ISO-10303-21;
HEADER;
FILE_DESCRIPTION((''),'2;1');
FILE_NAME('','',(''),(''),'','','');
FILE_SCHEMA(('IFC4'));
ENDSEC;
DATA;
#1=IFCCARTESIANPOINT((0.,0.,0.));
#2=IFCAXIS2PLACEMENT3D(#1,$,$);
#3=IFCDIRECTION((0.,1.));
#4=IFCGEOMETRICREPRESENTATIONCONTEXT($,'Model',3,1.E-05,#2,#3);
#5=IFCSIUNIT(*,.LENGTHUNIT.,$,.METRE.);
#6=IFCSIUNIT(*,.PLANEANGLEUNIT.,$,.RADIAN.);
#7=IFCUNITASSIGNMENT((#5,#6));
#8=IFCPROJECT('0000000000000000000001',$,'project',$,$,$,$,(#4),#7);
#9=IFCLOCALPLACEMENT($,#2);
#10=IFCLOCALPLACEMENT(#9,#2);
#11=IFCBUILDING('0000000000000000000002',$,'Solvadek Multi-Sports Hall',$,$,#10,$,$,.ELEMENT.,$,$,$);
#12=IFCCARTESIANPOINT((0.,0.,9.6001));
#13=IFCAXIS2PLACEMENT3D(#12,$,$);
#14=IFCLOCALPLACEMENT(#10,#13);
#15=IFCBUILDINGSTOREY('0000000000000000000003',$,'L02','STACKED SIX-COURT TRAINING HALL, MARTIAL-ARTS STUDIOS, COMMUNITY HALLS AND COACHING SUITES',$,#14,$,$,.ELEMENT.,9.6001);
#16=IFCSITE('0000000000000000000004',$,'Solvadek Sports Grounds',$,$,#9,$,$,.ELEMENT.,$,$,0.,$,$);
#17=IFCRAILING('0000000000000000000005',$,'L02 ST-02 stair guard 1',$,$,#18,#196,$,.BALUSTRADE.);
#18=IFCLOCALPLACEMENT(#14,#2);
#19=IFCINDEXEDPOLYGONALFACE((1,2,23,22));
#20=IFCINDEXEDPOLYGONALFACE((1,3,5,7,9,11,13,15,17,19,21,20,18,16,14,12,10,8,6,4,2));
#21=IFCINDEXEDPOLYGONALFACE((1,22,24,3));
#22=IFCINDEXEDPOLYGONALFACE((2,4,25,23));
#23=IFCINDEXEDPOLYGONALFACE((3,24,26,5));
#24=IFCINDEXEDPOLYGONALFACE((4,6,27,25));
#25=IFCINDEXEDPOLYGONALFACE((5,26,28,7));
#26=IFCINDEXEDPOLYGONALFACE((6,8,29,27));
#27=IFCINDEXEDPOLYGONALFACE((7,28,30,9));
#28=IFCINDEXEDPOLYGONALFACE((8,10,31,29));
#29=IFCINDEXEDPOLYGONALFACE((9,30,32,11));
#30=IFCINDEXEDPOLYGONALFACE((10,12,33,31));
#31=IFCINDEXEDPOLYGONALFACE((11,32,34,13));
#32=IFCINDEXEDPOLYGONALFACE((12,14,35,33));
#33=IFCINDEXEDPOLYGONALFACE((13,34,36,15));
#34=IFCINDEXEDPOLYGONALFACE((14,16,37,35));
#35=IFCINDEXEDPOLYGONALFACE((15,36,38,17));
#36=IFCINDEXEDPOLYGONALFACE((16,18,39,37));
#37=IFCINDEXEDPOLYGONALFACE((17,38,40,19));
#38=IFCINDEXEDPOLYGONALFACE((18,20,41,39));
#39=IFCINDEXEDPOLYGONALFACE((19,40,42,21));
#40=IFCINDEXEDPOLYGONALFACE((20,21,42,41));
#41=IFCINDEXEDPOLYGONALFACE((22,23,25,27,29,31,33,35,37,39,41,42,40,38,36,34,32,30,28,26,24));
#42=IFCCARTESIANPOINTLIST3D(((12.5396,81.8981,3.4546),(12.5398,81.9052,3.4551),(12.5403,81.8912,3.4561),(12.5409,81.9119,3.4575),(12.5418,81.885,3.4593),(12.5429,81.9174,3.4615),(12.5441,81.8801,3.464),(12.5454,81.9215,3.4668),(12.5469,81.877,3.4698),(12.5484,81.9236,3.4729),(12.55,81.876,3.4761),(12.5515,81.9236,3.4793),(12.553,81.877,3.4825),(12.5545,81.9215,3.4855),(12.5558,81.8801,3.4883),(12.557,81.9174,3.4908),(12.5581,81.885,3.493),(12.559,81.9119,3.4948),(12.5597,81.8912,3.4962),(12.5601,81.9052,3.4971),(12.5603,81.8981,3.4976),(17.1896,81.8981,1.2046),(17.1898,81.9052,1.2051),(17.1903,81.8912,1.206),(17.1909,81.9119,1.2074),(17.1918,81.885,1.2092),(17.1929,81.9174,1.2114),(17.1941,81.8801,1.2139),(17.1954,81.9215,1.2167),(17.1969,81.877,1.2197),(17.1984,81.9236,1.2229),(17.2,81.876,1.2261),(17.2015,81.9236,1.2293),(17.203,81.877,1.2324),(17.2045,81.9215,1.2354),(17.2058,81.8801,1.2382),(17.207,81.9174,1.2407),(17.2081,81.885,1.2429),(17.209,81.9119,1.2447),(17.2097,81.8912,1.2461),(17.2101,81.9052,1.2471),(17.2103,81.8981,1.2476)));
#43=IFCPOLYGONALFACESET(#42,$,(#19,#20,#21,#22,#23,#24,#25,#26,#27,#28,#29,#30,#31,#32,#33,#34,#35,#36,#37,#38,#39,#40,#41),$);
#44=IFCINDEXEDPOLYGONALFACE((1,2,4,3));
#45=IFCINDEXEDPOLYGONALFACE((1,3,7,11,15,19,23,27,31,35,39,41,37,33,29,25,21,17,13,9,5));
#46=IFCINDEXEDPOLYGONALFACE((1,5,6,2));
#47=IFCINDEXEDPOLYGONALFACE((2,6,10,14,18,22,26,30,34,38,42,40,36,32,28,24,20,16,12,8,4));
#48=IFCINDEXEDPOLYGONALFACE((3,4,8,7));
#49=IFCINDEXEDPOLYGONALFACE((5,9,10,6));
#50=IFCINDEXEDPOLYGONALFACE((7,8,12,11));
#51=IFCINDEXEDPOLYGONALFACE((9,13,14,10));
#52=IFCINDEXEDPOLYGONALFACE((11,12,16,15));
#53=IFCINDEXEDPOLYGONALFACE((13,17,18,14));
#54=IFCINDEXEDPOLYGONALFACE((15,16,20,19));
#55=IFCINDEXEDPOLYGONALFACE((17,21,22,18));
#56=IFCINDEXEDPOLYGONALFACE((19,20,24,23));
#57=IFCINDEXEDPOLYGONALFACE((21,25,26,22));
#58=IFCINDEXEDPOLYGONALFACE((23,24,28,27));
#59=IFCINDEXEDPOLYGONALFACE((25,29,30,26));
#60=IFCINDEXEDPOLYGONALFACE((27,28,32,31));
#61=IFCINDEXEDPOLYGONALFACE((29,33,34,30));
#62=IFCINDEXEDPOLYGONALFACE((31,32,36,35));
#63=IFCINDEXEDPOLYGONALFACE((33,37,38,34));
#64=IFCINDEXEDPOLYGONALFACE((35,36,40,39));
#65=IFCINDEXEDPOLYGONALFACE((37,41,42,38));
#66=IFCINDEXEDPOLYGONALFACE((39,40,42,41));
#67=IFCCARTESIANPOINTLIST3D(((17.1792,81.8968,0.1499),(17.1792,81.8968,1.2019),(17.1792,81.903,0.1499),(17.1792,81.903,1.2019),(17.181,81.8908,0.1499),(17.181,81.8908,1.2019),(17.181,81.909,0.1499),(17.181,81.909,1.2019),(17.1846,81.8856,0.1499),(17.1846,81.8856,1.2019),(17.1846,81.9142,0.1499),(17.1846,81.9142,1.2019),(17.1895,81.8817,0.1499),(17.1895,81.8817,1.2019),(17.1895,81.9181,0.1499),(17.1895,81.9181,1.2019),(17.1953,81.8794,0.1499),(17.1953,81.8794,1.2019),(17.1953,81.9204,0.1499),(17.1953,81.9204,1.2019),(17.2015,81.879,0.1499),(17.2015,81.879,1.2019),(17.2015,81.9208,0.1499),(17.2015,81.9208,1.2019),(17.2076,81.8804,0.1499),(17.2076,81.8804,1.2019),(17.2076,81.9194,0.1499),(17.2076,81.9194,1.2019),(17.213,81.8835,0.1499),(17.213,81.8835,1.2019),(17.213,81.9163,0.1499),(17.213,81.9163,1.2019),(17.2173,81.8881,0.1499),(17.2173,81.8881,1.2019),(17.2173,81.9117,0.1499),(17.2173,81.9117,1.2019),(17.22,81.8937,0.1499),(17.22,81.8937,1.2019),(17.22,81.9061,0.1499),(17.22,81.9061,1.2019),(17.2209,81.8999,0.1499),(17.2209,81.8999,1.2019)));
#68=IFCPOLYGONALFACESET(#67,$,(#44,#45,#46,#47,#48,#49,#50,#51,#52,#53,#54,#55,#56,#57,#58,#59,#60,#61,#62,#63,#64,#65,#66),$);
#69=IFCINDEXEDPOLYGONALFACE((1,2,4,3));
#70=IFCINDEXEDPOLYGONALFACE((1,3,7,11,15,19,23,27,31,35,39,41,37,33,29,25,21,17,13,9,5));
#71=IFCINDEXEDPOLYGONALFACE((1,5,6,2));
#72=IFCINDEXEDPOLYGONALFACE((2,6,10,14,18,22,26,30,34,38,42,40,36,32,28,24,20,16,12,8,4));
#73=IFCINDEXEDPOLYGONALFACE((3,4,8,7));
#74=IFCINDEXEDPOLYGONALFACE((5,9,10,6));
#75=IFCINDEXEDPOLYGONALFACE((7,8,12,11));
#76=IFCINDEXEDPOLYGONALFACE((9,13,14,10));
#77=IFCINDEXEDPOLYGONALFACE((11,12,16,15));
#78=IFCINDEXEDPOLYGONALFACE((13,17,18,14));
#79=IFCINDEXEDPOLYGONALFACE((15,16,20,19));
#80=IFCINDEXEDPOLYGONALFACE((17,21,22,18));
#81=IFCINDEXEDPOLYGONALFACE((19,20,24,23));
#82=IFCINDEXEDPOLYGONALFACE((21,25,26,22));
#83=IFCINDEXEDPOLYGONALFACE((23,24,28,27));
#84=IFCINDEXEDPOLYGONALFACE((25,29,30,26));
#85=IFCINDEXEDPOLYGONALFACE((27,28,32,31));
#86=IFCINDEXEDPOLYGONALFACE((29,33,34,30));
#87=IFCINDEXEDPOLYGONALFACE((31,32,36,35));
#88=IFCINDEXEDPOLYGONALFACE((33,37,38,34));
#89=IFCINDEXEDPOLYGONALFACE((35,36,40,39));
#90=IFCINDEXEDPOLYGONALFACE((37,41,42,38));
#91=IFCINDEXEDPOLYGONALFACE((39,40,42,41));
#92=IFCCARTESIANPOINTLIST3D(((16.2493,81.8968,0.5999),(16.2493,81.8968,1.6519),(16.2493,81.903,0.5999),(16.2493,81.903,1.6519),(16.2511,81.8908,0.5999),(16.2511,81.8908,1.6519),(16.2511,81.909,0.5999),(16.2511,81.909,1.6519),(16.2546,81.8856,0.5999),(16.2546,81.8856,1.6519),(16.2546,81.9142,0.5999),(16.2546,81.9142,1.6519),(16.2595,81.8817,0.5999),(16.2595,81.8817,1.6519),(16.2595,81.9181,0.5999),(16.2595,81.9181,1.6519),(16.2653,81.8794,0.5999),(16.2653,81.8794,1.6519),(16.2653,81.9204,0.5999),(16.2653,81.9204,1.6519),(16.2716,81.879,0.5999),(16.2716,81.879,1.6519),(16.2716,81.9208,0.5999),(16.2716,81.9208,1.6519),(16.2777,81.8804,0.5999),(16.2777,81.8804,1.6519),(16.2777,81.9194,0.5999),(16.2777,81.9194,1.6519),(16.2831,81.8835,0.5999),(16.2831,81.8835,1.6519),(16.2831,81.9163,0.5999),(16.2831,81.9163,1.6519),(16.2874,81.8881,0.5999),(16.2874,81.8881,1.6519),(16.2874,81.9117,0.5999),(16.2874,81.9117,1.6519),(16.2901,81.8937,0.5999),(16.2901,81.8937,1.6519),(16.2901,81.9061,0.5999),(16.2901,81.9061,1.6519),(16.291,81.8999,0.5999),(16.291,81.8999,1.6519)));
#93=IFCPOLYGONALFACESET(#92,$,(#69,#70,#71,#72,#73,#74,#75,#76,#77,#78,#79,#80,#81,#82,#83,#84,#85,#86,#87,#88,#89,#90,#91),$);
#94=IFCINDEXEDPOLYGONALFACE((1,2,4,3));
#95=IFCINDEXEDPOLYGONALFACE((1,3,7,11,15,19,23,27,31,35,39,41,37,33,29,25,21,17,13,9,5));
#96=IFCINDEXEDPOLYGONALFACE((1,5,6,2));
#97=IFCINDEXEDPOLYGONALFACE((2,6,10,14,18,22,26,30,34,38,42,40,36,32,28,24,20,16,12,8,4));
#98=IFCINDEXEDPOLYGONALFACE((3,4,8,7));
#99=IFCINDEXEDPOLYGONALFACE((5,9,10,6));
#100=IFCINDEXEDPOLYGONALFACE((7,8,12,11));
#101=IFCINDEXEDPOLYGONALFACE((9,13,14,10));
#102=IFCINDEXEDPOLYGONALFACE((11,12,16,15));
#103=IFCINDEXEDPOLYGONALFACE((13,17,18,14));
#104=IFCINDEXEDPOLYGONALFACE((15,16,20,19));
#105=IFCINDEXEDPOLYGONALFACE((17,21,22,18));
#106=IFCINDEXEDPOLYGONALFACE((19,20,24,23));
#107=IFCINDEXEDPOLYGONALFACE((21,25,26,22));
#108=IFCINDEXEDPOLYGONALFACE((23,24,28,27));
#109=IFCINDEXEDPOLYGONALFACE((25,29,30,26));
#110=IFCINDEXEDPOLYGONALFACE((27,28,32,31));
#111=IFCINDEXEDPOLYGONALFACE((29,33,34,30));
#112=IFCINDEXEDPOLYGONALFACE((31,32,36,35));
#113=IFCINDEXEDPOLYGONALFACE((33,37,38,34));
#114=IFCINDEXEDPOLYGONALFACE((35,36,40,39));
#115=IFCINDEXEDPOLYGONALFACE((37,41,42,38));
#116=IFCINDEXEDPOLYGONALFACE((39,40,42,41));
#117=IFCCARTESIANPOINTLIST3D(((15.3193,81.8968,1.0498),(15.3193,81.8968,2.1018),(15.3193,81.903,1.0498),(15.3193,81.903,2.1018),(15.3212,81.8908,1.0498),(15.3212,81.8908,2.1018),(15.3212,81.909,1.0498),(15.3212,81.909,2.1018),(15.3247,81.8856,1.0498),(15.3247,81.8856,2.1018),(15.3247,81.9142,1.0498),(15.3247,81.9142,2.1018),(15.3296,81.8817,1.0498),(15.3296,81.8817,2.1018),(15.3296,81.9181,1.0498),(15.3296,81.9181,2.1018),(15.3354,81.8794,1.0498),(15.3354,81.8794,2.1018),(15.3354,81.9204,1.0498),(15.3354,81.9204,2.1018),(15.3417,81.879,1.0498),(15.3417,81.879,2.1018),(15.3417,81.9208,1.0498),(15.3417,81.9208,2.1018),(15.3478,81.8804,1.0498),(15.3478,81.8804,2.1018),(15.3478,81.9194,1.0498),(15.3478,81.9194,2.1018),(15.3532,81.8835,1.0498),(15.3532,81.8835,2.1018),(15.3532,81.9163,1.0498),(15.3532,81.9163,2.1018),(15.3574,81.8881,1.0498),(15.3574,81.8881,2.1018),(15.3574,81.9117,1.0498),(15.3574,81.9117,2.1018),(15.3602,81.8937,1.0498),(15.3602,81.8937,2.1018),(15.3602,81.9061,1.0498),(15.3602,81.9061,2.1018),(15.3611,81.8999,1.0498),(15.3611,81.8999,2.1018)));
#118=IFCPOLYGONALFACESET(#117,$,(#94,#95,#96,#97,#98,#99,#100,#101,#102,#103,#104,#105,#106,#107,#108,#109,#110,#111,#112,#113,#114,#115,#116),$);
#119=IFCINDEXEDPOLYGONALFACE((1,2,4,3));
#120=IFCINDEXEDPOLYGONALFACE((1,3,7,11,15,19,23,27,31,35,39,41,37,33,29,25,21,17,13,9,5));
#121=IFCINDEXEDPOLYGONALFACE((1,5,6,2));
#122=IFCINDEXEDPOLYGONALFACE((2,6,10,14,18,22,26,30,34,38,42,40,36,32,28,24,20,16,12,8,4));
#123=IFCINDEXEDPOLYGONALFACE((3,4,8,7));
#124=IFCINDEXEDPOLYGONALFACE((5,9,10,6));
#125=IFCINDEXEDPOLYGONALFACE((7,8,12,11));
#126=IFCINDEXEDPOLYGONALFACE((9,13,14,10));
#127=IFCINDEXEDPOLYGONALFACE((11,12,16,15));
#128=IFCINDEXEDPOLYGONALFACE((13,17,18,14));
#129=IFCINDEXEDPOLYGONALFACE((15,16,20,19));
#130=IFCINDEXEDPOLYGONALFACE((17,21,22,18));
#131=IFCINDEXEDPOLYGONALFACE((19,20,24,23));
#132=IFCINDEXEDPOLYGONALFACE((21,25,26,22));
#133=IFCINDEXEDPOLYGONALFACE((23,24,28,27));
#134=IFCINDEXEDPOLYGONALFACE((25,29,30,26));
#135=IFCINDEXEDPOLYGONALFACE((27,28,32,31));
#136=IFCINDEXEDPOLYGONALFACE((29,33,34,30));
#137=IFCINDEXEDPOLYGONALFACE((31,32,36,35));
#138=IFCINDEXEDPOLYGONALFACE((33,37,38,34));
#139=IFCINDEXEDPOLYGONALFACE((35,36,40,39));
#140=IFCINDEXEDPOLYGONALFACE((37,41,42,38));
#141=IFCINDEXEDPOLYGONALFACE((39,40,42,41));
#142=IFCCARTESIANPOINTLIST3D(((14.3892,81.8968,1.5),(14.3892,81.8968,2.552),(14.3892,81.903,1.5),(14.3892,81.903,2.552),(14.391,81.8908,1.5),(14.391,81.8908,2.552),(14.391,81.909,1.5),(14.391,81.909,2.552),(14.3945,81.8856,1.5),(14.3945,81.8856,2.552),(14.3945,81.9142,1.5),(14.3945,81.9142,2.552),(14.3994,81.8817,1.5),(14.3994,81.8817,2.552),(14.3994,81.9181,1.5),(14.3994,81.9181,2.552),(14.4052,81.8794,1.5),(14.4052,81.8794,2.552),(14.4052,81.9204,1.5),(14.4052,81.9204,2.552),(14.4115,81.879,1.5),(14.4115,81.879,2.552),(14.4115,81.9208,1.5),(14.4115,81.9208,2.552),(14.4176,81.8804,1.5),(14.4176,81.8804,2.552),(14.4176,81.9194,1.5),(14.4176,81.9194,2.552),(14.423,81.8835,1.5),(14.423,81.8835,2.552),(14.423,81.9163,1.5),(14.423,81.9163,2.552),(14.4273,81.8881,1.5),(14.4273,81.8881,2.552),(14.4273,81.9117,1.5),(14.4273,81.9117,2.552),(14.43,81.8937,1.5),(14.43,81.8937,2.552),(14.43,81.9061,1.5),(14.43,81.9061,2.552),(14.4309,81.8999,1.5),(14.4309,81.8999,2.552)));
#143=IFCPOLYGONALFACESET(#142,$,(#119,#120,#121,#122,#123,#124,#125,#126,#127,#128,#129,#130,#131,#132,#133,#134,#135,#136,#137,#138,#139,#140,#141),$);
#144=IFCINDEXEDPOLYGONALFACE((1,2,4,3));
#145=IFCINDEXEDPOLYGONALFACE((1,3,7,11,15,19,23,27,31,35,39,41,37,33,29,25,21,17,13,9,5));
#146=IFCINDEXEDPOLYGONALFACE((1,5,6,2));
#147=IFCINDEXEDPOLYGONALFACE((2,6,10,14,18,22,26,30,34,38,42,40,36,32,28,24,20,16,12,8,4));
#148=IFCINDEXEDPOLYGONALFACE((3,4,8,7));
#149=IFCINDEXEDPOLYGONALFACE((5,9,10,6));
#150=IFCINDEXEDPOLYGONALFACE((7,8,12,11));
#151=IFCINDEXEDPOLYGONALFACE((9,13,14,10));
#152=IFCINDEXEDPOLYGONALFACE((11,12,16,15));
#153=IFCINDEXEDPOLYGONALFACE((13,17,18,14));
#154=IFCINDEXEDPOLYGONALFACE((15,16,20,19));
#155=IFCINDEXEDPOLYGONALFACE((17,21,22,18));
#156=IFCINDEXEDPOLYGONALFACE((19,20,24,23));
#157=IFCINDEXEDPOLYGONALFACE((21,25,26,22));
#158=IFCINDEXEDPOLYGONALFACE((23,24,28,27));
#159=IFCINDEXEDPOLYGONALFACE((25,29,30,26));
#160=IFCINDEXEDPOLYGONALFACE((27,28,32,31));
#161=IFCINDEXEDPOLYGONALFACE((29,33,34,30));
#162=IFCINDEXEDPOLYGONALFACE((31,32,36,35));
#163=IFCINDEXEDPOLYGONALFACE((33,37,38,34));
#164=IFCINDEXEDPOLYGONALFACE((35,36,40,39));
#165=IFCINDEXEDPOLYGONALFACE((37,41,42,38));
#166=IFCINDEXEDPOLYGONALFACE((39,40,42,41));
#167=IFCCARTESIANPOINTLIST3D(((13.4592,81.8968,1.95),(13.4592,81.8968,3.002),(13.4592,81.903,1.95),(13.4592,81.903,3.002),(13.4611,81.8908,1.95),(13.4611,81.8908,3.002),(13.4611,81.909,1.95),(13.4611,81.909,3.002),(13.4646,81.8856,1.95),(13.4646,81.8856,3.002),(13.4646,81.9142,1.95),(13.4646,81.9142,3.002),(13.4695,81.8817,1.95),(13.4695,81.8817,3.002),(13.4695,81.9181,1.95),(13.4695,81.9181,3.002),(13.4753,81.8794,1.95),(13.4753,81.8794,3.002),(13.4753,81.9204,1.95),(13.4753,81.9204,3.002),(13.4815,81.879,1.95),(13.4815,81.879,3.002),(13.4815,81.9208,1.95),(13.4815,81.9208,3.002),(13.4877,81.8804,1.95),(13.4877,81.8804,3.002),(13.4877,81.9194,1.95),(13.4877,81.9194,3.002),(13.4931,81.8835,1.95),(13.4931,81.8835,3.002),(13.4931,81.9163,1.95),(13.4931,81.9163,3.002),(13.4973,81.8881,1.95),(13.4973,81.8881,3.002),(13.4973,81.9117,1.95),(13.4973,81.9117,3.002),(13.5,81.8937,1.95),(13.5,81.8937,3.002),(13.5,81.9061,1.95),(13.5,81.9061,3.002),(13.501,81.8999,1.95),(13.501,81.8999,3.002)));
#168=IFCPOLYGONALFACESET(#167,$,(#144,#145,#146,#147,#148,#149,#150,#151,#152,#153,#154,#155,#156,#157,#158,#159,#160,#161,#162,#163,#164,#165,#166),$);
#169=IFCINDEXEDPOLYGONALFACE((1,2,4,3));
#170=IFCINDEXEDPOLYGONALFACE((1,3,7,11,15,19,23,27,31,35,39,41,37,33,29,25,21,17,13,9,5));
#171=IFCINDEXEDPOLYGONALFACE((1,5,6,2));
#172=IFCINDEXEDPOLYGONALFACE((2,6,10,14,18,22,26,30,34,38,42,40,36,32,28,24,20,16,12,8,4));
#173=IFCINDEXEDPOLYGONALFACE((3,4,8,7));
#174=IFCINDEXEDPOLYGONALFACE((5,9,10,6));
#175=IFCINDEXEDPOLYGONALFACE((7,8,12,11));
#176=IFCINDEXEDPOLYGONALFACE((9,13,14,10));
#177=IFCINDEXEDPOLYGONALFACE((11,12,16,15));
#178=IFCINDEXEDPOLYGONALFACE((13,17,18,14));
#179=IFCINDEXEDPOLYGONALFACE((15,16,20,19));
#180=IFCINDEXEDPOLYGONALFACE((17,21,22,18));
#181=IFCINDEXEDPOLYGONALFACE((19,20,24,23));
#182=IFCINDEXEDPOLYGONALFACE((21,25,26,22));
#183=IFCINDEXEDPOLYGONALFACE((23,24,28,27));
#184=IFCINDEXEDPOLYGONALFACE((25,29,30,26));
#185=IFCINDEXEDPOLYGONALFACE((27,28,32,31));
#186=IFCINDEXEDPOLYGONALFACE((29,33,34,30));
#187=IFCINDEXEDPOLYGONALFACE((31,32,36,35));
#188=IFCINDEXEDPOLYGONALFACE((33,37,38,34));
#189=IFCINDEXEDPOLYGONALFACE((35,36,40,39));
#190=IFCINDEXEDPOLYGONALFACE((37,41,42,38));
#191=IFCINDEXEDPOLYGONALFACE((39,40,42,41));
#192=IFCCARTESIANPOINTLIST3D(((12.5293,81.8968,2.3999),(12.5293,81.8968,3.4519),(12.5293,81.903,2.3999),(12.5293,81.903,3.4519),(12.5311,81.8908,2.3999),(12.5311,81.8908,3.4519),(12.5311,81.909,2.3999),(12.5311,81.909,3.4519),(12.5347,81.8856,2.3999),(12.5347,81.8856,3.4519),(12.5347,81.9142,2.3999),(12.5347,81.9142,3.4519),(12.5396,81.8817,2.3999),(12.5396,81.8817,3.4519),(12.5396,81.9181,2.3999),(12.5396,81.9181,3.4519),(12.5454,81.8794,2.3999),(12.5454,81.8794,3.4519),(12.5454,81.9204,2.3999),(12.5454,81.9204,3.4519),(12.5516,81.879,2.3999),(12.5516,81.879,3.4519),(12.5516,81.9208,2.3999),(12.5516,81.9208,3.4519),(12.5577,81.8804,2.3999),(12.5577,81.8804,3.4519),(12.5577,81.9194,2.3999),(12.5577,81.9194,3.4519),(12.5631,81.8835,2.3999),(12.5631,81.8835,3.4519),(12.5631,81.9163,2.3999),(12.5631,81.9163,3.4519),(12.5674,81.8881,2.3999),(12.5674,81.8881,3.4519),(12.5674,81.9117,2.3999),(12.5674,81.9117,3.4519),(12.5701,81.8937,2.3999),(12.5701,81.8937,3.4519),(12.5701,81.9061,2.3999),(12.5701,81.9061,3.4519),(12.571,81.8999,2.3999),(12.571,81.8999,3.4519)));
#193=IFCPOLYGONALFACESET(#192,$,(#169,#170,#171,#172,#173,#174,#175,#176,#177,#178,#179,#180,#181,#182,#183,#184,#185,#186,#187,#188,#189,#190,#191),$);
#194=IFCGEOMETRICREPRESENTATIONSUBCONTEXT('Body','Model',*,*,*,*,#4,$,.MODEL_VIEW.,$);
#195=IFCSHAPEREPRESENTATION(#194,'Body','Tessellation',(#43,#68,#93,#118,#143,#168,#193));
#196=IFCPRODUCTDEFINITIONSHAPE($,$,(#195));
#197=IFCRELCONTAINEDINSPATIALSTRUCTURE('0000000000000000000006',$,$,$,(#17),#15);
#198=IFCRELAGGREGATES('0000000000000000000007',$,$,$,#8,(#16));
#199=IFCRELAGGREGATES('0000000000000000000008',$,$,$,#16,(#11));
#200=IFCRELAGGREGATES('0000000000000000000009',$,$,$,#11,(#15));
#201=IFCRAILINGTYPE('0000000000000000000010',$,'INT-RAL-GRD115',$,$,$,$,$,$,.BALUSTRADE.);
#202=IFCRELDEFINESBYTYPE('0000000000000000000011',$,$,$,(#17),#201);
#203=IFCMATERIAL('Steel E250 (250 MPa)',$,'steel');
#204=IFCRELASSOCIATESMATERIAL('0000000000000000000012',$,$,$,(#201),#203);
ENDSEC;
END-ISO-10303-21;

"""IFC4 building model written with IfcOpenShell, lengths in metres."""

from ifc_helpers import new_model, si_unit, direction, frame, origin, origin_2d, place, context, subcontext, project, spatial, circle, extrude, material, type_object, element, save


model = new_model("IFC4")

# Units and contexts
model_context = context("Model", 3, precision=1e-05, world=origin(), true_north=direction((0.0, 1.0)))
body_context = subcontext(model_context, "Body", "Model", "MODEL_VIEW")
ifc_project = project(units=[si_unit("LENGTHUNIT", "METRE"), si_unit("PLANEANGLEUNIT", "RADIAN")], contexts=[model_context])

# Site, building, storey
site_placement = place(None, origin())
site = spatial("IfcSite", under=ifc_project, at=site_placement, Name="Solvadek Sports Grounds", CompositionType="ELEMENT", RefElevation=0.0)
building_placement = place(site_placement, origin())
building = spatial("IfcBuilding", under=site, at=building_placement, Name="Solvadek Multi-Sports Hall", CompositionType="ELEMENT")
storey_placement = place(building_placement, frame((0.0, 0.0, 9.6001)))
storey = spatial("IfcBuildingStorey", under=building, at=storey_placement, Name="L02", Description="STACKED SIX-COURT TRAINING HALL, MARTIAL-ARTS STUDIOS, COMMUNITY HALLS AND COACHING SUITES", CompositionType="ELEMENT", Elevation=9.6001)

# Railing
ifc_material_1 = material(Name="Steel E250 (250 MPa)", Category="steel")
railing_type_1 = type_object("IfcRailingType", Name="INT-RAL-GRD115", PredefinedType="BALUSTRADE", material=ifc_material_1)
railing_1_placement = place(storey_placement, frame((17.2, 81.8999, 0.1499)))
element("IfcRailing", 1, at=railing_1_placement, inside=storey, type_object=railing_type_1, Name="L02 ST-02 stair guard 1", PredefinedType="BALUSTRADE", context=body_context, shape_type="SweptSolid", body=[
    extrude(circle(Radius=0.0239, at=origin_2d()), frame((0.0, 0.0, 1.0762), z_axis=(-0.900156, 0.0, 0.435568), x_axis=(0.0, -1.0, 0.0)), (0.0, 0.0, 1.0), 5.1658),
    extrude(circle(Radius=0.021, at=origin_2d()), origin(), (0.0, 0.0, 1.0), 1.052),
    extrude(circle(Radius=0.021, at=origin_2d()), frame((-0.9299, 0.0, 0.45)), (0.0, 0.0, 1.0), 1.052),
    extrude(circle(Radius=0.021, at=origin_2d()), frame((-1.8599, 0.0, 0.8999)), (0.0, 0.0, 1.0), 1.052),
    extrude(circle(Radius=0.021, at=origin_2d()), frame((-2.79, 0.0, 1.3501)), (0.0, 0.0, 1.0), 1.052),
    extrude(circle(Radius=0.021, at=origin_2d()), frame((-3.72, 0.0, 1.8)), (0.0, 0.0, 1.0), 1.052),
    extrude(circle(Radius=0.021, at=origin_2d()), frame((-4.6499, 0.0, 2.25)), (0.0, 0.0, 1.0), 1.052),
])

save(model, "model.ifc")
